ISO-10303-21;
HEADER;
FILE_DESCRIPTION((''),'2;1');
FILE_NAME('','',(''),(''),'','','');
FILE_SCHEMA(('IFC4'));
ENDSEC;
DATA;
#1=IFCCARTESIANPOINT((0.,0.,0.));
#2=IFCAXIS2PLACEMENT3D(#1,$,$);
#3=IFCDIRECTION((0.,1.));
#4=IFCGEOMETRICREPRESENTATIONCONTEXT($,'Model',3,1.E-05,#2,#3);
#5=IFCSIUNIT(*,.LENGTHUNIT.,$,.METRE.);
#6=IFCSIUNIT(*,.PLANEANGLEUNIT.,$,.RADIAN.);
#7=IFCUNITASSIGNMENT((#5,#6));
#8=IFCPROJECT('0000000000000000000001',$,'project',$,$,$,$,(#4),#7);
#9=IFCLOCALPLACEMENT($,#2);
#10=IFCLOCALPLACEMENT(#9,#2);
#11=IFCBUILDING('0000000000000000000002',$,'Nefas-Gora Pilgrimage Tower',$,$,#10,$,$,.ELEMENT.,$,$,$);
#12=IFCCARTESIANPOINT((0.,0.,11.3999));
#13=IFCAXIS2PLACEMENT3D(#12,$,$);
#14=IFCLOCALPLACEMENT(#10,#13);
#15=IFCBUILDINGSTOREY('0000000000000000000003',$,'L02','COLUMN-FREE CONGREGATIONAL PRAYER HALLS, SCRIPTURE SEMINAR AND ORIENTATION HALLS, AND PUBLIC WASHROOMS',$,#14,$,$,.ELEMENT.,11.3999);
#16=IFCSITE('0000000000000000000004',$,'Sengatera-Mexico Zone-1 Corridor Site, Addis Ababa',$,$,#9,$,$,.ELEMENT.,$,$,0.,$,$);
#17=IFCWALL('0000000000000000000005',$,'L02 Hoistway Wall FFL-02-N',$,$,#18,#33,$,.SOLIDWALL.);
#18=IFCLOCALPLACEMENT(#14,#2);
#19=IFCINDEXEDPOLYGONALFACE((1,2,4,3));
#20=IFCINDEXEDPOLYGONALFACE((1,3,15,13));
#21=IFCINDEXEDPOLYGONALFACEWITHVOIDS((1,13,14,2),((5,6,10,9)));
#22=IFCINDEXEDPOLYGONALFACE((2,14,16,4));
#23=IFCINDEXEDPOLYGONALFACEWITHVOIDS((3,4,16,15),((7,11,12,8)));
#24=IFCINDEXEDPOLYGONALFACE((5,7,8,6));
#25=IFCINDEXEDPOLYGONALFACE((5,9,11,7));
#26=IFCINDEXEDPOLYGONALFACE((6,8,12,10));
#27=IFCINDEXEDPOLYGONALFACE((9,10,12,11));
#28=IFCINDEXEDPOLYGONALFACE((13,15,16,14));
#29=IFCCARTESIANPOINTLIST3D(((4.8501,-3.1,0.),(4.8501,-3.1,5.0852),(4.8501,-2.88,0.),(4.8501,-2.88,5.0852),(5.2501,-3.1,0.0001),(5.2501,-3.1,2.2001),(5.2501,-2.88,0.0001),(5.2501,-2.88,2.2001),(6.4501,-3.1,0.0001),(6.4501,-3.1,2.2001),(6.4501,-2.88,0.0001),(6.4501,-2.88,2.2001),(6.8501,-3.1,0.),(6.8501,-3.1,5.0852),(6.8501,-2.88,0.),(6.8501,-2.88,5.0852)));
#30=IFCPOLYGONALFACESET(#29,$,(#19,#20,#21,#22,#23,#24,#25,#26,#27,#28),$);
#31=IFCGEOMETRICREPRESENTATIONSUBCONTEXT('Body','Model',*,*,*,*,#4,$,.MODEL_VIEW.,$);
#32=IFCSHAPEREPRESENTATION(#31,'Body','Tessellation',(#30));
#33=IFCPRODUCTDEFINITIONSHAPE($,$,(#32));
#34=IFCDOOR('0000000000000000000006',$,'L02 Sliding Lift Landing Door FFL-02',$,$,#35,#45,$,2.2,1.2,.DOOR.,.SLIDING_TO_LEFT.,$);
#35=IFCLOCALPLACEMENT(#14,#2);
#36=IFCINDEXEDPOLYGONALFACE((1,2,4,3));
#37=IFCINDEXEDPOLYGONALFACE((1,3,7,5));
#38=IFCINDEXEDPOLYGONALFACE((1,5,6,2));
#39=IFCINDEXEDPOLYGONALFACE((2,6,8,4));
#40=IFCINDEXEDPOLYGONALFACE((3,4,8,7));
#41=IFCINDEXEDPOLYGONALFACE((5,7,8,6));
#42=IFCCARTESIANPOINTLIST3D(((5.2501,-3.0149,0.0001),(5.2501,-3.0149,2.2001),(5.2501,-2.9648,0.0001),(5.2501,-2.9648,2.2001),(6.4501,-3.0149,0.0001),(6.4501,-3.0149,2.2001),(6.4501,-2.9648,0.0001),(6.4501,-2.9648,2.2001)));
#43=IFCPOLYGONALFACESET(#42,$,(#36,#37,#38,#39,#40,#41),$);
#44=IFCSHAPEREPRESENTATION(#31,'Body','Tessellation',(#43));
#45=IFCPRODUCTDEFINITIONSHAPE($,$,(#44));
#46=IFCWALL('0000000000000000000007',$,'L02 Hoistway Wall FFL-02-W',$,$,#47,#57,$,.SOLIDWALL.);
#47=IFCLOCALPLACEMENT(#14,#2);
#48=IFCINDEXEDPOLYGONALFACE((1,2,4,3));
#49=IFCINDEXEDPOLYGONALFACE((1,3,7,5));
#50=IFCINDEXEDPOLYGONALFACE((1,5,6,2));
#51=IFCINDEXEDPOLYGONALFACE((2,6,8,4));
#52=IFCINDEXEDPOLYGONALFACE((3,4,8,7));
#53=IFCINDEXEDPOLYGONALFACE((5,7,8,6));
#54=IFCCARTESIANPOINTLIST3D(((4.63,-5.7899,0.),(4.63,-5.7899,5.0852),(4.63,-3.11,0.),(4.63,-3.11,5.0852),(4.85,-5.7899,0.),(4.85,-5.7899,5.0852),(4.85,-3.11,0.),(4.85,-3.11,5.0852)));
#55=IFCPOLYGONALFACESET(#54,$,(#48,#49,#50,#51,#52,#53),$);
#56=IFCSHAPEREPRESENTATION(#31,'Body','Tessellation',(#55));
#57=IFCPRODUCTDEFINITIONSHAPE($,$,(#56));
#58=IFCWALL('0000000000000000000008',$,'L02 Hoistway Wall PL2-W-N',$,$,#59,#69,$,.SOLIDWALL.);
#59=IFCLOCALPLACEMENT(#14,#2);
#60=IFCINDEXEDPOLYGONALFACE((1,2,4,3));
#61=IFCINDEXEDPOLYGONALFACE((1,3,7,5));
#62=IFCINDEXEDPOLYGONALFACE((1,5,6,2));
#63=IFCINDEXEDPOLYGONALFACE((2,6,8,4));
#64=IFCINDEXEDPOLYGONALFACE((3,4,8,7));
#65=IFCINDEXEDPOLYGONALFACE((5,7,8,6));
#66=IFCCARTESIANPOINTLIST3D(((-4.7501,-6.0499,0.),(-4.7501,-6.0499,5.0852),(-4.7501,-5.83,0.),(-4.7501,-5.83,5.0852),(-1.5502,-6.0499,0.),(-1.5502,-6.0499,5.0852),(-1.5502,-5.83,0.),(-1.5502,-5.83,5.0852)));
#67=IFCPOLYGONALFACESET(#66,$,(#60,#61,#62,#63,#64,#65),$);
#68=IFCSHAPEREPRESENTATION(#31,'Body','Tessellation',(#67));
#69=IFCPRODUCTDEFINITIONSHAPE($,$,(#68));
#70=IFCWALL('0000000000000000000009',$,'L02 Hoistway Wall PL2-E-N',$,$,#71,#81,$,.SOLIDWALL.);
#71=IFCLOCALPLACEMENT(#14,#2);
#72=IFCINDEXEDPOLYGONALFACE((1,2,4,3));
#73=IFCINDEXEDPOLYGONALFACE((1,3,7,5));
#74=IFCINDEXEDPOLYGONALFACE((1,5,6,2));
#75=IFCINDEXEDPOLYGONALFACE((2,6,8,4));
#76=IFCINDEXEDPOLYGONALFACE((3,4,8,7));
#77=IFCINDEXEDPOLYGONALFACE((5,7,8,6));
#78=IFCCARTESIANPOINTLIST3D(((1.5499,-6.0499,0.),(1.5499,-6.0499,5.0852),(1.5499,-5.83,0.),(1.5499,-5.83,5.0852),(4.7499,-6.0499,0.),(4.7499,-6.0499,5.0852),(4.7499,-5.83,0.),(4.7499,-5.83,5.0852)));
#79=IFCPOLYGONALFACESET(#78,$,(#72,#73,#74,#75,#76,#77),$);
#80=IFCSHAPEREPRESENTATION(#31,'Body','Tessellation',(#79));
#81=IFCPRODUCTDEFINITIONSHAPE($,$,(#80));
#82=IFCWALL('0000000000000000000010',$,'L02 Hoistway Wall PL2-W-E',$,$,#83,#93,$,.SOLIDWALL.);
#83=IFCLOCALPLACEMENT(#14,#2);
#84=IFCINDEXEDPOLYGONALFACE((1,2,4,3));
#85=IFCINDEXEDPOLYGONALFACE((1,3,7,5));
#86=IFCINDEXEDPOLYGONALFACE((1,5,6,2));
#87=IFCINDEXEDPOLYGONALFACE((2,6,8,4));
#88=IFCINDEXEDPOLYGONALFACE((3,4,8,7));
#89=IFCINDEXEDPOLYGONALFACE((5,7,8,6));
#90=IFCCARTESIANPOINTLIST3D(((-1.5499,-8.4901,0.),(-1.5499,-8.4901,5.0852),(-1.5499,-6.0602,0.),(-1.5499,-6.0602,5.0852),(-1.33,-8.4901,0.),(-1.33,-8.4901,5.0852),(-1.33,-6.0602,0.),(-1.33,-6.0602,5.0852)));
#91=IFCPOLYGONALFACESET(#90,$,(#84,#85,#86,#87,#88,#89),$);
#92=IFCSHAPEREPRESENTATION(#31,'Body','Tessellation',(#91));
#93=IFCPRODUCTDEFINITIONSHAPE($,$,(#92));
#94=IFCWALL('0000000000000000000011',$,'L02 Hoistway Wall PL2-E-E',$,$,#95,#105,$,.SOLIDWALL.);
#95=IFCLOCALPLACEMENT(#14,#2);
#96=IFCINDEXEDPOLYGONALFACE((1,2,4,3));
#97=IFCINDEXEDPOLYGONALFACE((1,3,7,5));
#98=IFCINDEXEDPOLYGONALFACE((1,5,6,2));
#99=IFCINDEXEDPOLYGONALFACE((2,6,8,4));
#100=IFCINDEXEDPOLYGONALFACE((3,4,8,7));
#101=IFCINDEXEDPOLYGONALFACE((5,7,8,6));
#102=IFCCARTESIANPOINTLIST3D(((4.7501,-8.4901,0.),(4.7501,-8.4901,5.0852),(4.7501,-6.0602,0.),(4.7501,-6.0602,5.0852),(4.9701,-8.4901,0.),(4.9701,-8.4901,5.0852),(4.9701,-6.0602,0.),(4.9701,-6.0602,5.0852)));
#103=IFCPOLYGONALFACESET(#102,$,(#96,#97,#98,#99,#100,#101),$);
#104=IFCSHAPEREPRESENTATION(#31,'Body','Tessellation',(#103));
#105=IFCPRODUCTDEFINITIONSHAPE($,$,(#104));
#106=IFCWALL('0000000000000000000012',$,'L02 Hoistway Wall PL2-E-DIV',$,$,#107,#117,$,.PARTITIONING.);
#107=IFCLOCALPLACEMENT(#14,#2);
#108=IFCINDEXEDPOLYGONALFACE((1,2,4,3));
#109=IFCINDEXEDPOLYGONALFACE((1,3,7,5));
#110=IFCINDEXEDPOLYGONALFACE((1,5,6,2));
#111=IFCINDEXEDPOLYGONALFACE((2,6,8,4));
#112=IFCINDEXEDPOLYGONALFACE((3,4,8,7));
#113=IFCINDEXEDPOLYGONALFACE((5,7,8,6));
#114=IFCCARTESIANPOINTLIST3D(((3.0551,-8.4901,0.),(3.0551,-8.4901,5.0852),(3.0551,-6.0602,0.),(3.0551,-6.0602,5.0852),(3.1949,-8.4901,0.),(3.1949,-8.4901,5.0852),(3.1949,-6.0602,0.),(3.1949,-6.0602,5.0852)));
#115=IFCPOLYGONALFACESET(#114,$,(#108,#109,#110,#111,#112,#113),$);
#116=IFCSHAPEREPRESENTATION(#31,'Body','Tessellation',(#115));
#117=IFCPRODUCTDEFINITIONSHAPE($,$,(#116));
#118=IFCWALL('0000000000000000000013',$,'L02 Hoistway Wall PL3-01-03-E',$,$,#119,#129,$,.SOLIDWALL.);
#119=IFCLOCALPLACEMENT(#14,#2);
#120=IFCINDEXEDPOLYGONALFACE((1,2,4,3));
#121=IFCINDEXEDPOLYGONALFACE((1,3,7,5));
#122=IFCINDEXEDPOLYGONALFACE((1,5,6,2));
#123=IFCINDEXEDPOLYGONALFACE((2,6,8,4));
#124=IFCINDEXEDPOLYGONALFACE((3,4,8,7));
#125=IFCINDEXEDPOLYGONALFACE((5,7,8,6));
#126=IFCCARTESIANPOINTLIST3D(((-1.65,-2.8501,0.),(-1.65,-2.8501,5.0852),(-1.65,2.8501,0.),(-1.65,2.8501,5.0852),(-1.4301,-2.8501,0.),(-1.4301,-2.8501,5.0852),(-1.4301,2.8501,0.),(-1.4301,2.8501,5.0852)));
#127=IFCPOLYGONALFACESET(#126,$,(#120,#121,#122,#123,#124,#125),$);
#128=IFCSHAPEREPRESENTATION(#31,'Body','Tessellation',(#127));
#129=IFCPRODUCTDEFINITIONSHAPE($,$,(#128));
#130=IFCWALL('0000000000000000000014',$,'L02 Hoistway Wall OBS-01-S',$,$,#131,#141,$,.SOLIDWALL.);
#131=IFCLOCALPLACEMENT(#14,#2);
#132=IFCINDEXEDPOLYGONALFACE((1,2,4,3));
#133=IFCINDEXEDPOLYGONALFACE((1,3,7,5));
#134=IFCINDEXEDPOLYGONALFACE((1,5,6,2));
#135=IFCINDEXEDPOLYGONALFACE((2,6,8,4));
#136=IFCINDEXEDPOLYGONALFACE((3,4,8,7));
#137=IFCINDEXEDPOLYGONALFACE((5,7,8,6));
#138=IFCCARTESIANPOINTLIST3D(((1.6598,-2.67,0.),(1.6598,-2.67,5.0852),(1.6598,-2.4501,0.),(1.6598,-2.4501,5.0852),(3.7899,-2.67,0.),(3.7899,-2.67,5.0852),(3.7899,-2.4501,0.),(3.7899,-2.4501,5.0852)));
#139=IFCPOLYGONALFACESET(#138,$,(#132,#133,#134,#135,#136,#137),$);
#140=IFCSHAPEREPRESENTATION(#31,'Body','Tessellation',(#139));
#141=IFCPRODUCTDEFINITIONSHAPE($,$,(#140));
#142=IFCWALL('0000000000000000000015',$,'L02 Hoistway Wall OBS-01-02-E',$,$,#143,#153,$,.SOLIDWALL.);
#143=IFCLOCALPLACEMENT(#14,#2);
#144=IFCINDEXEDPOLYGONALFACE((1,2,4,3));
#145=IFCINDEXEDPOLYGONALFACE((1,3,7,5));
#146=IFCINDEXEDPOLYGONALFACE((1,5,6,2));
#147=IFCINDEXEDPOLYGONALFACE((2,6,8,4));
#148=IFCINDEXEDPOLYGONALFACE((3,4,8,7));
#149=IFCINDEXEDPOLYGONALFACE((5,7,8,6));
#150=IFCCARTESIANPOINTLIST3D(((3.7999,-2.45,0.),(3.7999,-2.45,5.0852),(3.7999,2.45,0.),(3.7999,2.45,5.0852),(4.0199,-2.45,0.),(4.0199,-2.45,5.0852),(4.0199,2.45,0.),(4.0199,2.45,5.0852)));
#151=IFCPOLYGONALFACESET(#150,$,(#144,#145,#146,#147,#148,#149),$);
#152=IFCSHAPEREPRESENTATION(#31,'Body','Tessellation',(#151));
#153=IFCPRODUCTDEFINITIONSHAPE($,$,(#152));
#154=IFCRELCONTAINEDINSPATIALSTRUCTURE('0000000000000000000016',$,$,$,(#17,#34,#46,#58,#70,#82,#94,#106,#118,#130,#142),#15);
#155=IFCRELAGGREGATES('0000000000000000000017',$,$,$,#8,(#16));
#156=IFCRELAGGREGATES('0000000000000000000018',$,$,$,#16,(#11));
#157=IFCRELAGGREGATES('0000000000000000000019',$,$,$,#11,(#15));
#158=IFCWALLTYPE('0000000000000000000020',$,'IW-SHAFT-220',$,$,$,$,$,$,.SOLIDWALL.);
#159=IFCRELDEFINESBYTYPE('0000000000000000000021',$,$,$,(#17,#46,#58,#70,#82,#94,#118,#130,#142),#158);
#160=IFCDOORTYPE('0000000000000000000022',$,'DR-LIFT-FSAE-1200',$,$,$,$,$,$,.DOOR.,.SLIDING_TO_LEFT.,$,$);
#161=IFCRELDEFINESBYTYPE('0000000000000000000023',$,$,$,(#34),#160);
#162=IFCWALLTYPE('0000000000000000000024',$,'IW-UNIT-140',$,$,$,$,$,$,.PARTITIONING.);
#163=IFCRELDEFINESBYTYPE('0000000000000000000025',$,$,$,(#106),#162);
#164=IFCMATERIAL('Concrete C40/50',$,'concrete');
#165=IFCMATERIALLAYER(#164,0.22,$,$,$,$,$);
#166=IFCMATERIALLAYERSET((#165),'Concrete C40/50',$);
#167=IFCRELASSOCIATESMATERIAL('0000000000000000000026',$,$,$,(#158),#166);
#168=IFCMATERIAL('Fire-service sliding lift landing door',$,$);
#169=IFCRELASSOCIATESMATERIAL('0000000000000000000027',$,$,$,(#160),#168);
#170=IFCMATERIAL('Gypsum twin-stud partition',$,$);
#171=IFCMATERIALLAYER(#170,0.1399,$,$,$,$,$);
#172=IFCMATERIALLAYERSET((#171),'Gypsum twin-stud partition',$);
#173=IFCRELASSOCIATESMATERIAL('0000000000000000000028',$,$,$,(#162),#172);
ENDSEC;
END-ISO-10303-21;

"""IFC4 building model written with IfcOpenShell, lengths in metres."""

from ifc_helpers import new_model, si_unit, direction, frame, frame_2d, origin, place, context, subcontext, project, spatial, rectangle, extrude, source, transform, mapped, material, layer, layer_set, type_object, element, fill, save


model = new_model("IFC4")

# Units and contexts
model_context = context("Model", 3, precision=1e-05, world=origin(), true_north=direction((0.0, 1.0)))
body_context = subcontext(model_context, "Body", "Model", "MODEL_VIEW")
ifc_project = project(units=[si_unit("LENGTHUNIT", "METRE"), si_unit("PLANEANGLEUNIT", "RADIAN")], contexts=[model_context])

# Site, building, storey
site_placement = place(None, origin())
site = spatial("IfcSite", under=ifc_project, at=site_placement, Name="Sengatera-Mexico Zone-1 Corridor Site, Addis Ababa", CompositionType="ELEMENT", RefElevation=0.0)
building_placement = place(site_placement, origin())
building = spatial("IfcBuilding", under=site, at=building_placement, Name="Nefas-Gora Pilgrimage Tower", CompositionType="ELEMENT")
storey_placement = place(building_placement, frame((0.0, 0.0, 11.3999)))
storey = spatial("IfcBuildingStorey", under=building, at=storey_placement, Name="L02", Description="COLUMN-FREE CONGREGATIONAL PRAYER HALLS, SCRIPTURE SEMINAR AND ORIENTATION HALLS, AND PUBLIC WASHROOMS", CompositionType="ELEMENT", Elevation=11.3999)

# Wall, opening, door
ifc_material_1 = material(Name="Concrete C40/50", Category="concrete")
ifc_layer_1 = layer(ifc_material_1, 0.22)
ifc_layer_set_1 = layer_set([ifc_layer_1], Name="Concrete C40/50")
wall_type_1 = type_object("IfcWallType", Name="IW-SHAFT-220", PredefinedType="SOLIDWALL", material=ifc_layer_set_1)
shared_shape_1 = source(origin(), body_context, "Body", "SweptSolid", [
    extrude(rectangle(XDim=2.0, YDim=0.22, at=frame_2d((1.0, 0.0))), origin(), (0.0, 0.0, 1.0), 5.0852),
])
wall_1_placement = place(storey_placement, frame((6.8501, -2.99, 0.0), z_axis=(0.0, 0.0, 1.0), x_axis=(-1.0, 0.0, 0.0)))
wall_1 = element("IfcWall", 1, at=wall_1_placement, inside=storey, type_object=wall_type_1, Name="L02 Hoistway Wall FFL-02-N", PredefinedType="SOLIDWALL", context=body_context, shape_type="MappedRepresentation", body=[
    mapped(shared_shape_1, transform((0.0, 0.0, 0.0), x_axis=(1.0, 0.0, 0.0), y_axis=(0.0, 1.0, 0.0), z_axis=(0.0, 0.0, 1.0), scale=1.0)),
])
opening_1_placement = place(wall_1_placement, frame((0.3999, 0.0, 0.0)))
opening_1 = element("IfcOpeningElement", 2, at=opening_1_placement, cuts=wall_1, PredefinedType="OPENING", context=body_context, shape_type="SweptSolid", body=[
    extrude(rectangle(XDim=1.2, YDim=2.2, at=frame_2d((0.6001, 1.1001))), frame((0.0, 0.1199, 0.0), z_axis=(0.0, -1.0, 0.0), x_axis=(1.0, 0.0, 0.0)), (0.0, 0.0, 1.0), 0.24),
])
ifc_material_2 = material(Name="Fire-service sliding lift landing door")
door_type_1 = type_object("IfcDoorType", Name="DR-LIFT-FSAE-1200", OperationType="SLIDING_TO_LEFT", PredefinedType="DOOR", material=ifc_material_2)
shared_shape_2 = source(origin(), body_context, "Body", "SweptSolid", [
    extrude(rectangle(XDim=1.2, YDim=2.2, at=frame_2d((0.6001, 1.1001))), frame((0.0, 0.0249, 0.0), z_axis=(0.0, -1.0, 0.0), x_axis=(1.0, 0.0, 0.0)), (0.0, 0.0, 1.0), 0.05),
])
door_1_placement = place(opening_1_placement, origin())
door_1 = element("IfcDoor", 3, at=door_1_placement, inside=storey, type_object=door_type_1, Name="L02 Sliding Lift Landing Door FFL-02", OperationType="SLIDING_TO_LEFT", OverallHeight=2.2, OverallWidth=1.2, PredefinedType="DOOR", context=body_context, shape_type="MappedRepresentation", body=[
    mapped(shared_shape_2, transform((0.0, 0.0, 0.0), x_axis=(1.0, 0.0, 0.0), y_axis=(0.0, 1.0, 0.0), z_axis=(0.0, 0.0, 1.0), scale=1.0)),
])
fill(opening_1, door_1)

# Walls
shared_shape_3 = source(origin(), body_context, "Body", "SweptSolid", [
    extrude(rectangle(XDim=2.6799, YDim=0.22, at=frame_2d((1.3398, 0.0))), origin(), (0.0, 0.0, 1.0), 5.0852),
])
wall_2_placement = place(storey_placement, frame((4.74, -3.1101, 0.0), z_axis=(0.0, 0.0, 1.0), x_axis=(0.0, -1.0, 0.0)))
element("IfcWall", 4, at=wall_2_placement, inside=storey, type_object=wall_type_1, Name="L02 Hoistway Wall FFL-02-W", PredefinedType="SOLIDWALL", context=body_context, shape_type="MappedRepresentation", body=[
    mapped(shared_shape_3, transform((0.0, 0.0, 0.0), x_axis=(1.0, 0.0, 0.0), y_axis=(0.0, 1.0, 0.0), z_axis=(0.0, 0.0, 1.0), scale=1.0)),
])
shared_shape_4 = source(origin(), body_context, "Body", "SweptSolid", [
    extrude(rectangle(XDim=3.2, YDim=0.22, at=frame_2d((1.6001, 0.0))), origin(), (0.0, 0.0, 1.0), 5.0852),
])
for number, where, z_axis, x_axis, name in (
    (5, (-1.55, -5.9399, 0.0), (0.0, 0.0, 1.0), (-1.0, 0.0, 0.0), "L02 Hoistway Wall PL2-W-N"),
    (6, (4.75, -5.9399, 0.0), (0.0, 0.0, 1.0), (-1.0, 0.0, 0.0), "L02 Hoistway Wall PL2-E-N"),
):
    element("IfcWall", number, at=place(storey_placement, frame(where, z_axis=z_axis, x_axis=x_axis)), inside=storey, type_object=wall_type_1, Name=name, PredefinedType="SOLIDWALL", context=body_context, shape_type="MappedRepresentation", body=[
        mapped(shared_shape_4, transform((0.0, 0.0, 0.0), x_axis=(1.0, 0.0, 0.0), y_axis=(0.0, 1.0, 0.0), z_axis=(0.0, 0.0, 1.0), scale=1.0)),
    ])
shared_shape_5 = source(origin(), body_context, "Body", "SweptSolid", [
    extrude(rectangle(XDim=2.4299, YDim=0.22, at=frame_2d((1.2148, 0.0))), origin(), (0.0, 0.0, 1.0), 5.0852),
])
for number, where, z_axis, x_axis, name in (
    (7, (-1.4399, -8.49, 0.0), (0.0, 0.0, 1.0), (0.0, 1.0, 0.0), "L02 Hoistway Wall PL2-W-E"),
    (8, (4.8601, -8.49, 0.0), (0.0, 0.0, 1.0), (0.0, 1.0, 0.0), "L02 Hoistway Wall PL2-E-E"),
):
    element("IfcWall", number, at=place(storey_placement, frame(where, z_axis=z_axis, x_axis=x_axis)), inside=storey, type_object=wall_type_1, Name=name, PredefinedType="SOLIDWALL", context=body_context, shape_type="MappedRepresentation", body=[
        mapped(shared_shape_5, transform((0.0, 0.0, 0.0), x_axis=(1.0, 0.0, 0.0), y_axis=(0.0, 1.0, 0.0), z_axis=(0.0, 0.0, 1.0), scale=1.0)),
    ])
ifc_material_3 = material(Name="Gypsum twin-stud partition")
ifc_layer_2 = layer(ifc_material_3, 0.1399)
ifc_layer_set_2 = layer_set([ifc_layer_2], Name="Gypsum twin-stud partition")
wall_type_2 = type_object("IfcWallType", Name="IW-UNIT-140", PredefinedType="PARTITIONING", material=ifc_layer_set_2)
shared_shape_6 = source(origin(), body_context, "Body", "SweptSolid", [
    extrude(rectangle(XDim=2.4299, YDim=0.1399, at=frame_2d((1.2148, 0.0))), origin(), (0.0, 0.0, 1.0), 5.0852),
])
wall_3_placement = place(storey_placement, frame((3.125, -8.49, 0.0), z_axis=(0.0, 0.0, 1.0), x_axis=(0.0, 1.0, 0.0)))
element("IfcWall", 9, at=wall_3_placement, inside=storey, type_object=wall_type_2, Name="L02 Hoistway Wall PL2-E-DIV", PredefinedType="PARTITIONING", context=body_context, shape_type="MappedRepresentation", body=[
    mapped(shared_shape_6, transform((0.0, 0.0, 0.0), x_axis=(1.0, 0.0, 0.0), y_axis=(0.0, 1.0, 0.0), z_axis=(0.0, 0.0, 1.0), scale=1.0)),
])
shared_shape_7 = source(origin(), body_context, "Body", "SweptSolid", [
    extrude(rectangle(XDim=5.7002, YDim=0.22, at=frame_2d((2.8501, 0.0))), origin(), (0.0, 0.0, 1.0), 5.0852),
])
wall_4_placement = place(storey_placement, frame((-1.54, -2.8501, 0.0), z_axis=(0.0, 0.0, 1.0), x_axis=(0.0, 1.0, 0.0)))
element("IfcWall", 10, at=wall_4_placement, inside=storey, type_object=wall_type_1, Name="L02 Hoistway Wall PL3-01-03-E", PredefinedType="SOLIDWALL", context=body_context, shape_type="MappedRepresentation", body=[
    mapped(shared_shape_7, transform((0.0, 0.0, 0.0), x_axis=(1.0, 0.0, 0.0), y_axis=(0.0, 1.0, 0.0), z_axis=(0.0, 0.0, 1.0), scale=1.0)),
])
shared_shape_8 = source(origin(), body_context, "Body", "SweptSolid", [
    extrude(rectangle(XDim=2.1301, YDim=0.22, at=frame_2d((1.0649, 0.0))), origin(), (0.0, 0.0, 1.0), 5.0852),
])
wall_5_placement = place(storey_placement, frame((1.6599, -2.5601, 0.0), z_axis=(0.0, 0.0, 1.0), x_axis=(1.0, 0.0, 0.0)))
element("IfcWall", 11, at=wall_5_placement, inside=storey, type_object=wall_type_1, Name="L02 Hoistway Wall OBS-01-S", PredefinedType="SOLIDWALL", context=body_context, shape_type="MappedRepresentation", body=[
    mapped(shared_shape_8, transform((0.0, 0.0, 0.0), x_axis=(1.0, 0.0, 0.0), y_axis=(0.0, 1.0, 0.0), z_axis=(0.0, 0.0, 1.0), scale=1.0)),
])
shared_shape_9 = source(origin(), body_context, "Body", "SweptSolid", [
    extrude(rectangle(XDim=4.8999, YDim=0.22, at=frame_2d((2.45, 0.0))), origin(), (0.0, 0.0, 1.0), 5.0852),
])
wall_6_placement = place(storey_placement, frame((3.9099, -2.45, 0.0), z_axis=(0.0, 0.0, 1.0), x_axis=(0.0, 1.0, 0.0)))
element("IfcWall", 12, at=wall_6_placement, inside=storey, type_object=wall_type_1, Name="L02 Hoistway Wall OBS-01-02-E", PredefinedType="SOLIDWALL", context=body_context, shape_type="MappedRepresentation", body=[
    mapped(shared_shape_9, transform((0.0, 0.0, 0.0), x_axis=(1.0, 0.0, 0.0), y_axis=(0.0, 1.0, 0.0), z_axis=(0.0, 0.0, 1.0), scale=1.0)),
])

save(model, "model.ifc")
